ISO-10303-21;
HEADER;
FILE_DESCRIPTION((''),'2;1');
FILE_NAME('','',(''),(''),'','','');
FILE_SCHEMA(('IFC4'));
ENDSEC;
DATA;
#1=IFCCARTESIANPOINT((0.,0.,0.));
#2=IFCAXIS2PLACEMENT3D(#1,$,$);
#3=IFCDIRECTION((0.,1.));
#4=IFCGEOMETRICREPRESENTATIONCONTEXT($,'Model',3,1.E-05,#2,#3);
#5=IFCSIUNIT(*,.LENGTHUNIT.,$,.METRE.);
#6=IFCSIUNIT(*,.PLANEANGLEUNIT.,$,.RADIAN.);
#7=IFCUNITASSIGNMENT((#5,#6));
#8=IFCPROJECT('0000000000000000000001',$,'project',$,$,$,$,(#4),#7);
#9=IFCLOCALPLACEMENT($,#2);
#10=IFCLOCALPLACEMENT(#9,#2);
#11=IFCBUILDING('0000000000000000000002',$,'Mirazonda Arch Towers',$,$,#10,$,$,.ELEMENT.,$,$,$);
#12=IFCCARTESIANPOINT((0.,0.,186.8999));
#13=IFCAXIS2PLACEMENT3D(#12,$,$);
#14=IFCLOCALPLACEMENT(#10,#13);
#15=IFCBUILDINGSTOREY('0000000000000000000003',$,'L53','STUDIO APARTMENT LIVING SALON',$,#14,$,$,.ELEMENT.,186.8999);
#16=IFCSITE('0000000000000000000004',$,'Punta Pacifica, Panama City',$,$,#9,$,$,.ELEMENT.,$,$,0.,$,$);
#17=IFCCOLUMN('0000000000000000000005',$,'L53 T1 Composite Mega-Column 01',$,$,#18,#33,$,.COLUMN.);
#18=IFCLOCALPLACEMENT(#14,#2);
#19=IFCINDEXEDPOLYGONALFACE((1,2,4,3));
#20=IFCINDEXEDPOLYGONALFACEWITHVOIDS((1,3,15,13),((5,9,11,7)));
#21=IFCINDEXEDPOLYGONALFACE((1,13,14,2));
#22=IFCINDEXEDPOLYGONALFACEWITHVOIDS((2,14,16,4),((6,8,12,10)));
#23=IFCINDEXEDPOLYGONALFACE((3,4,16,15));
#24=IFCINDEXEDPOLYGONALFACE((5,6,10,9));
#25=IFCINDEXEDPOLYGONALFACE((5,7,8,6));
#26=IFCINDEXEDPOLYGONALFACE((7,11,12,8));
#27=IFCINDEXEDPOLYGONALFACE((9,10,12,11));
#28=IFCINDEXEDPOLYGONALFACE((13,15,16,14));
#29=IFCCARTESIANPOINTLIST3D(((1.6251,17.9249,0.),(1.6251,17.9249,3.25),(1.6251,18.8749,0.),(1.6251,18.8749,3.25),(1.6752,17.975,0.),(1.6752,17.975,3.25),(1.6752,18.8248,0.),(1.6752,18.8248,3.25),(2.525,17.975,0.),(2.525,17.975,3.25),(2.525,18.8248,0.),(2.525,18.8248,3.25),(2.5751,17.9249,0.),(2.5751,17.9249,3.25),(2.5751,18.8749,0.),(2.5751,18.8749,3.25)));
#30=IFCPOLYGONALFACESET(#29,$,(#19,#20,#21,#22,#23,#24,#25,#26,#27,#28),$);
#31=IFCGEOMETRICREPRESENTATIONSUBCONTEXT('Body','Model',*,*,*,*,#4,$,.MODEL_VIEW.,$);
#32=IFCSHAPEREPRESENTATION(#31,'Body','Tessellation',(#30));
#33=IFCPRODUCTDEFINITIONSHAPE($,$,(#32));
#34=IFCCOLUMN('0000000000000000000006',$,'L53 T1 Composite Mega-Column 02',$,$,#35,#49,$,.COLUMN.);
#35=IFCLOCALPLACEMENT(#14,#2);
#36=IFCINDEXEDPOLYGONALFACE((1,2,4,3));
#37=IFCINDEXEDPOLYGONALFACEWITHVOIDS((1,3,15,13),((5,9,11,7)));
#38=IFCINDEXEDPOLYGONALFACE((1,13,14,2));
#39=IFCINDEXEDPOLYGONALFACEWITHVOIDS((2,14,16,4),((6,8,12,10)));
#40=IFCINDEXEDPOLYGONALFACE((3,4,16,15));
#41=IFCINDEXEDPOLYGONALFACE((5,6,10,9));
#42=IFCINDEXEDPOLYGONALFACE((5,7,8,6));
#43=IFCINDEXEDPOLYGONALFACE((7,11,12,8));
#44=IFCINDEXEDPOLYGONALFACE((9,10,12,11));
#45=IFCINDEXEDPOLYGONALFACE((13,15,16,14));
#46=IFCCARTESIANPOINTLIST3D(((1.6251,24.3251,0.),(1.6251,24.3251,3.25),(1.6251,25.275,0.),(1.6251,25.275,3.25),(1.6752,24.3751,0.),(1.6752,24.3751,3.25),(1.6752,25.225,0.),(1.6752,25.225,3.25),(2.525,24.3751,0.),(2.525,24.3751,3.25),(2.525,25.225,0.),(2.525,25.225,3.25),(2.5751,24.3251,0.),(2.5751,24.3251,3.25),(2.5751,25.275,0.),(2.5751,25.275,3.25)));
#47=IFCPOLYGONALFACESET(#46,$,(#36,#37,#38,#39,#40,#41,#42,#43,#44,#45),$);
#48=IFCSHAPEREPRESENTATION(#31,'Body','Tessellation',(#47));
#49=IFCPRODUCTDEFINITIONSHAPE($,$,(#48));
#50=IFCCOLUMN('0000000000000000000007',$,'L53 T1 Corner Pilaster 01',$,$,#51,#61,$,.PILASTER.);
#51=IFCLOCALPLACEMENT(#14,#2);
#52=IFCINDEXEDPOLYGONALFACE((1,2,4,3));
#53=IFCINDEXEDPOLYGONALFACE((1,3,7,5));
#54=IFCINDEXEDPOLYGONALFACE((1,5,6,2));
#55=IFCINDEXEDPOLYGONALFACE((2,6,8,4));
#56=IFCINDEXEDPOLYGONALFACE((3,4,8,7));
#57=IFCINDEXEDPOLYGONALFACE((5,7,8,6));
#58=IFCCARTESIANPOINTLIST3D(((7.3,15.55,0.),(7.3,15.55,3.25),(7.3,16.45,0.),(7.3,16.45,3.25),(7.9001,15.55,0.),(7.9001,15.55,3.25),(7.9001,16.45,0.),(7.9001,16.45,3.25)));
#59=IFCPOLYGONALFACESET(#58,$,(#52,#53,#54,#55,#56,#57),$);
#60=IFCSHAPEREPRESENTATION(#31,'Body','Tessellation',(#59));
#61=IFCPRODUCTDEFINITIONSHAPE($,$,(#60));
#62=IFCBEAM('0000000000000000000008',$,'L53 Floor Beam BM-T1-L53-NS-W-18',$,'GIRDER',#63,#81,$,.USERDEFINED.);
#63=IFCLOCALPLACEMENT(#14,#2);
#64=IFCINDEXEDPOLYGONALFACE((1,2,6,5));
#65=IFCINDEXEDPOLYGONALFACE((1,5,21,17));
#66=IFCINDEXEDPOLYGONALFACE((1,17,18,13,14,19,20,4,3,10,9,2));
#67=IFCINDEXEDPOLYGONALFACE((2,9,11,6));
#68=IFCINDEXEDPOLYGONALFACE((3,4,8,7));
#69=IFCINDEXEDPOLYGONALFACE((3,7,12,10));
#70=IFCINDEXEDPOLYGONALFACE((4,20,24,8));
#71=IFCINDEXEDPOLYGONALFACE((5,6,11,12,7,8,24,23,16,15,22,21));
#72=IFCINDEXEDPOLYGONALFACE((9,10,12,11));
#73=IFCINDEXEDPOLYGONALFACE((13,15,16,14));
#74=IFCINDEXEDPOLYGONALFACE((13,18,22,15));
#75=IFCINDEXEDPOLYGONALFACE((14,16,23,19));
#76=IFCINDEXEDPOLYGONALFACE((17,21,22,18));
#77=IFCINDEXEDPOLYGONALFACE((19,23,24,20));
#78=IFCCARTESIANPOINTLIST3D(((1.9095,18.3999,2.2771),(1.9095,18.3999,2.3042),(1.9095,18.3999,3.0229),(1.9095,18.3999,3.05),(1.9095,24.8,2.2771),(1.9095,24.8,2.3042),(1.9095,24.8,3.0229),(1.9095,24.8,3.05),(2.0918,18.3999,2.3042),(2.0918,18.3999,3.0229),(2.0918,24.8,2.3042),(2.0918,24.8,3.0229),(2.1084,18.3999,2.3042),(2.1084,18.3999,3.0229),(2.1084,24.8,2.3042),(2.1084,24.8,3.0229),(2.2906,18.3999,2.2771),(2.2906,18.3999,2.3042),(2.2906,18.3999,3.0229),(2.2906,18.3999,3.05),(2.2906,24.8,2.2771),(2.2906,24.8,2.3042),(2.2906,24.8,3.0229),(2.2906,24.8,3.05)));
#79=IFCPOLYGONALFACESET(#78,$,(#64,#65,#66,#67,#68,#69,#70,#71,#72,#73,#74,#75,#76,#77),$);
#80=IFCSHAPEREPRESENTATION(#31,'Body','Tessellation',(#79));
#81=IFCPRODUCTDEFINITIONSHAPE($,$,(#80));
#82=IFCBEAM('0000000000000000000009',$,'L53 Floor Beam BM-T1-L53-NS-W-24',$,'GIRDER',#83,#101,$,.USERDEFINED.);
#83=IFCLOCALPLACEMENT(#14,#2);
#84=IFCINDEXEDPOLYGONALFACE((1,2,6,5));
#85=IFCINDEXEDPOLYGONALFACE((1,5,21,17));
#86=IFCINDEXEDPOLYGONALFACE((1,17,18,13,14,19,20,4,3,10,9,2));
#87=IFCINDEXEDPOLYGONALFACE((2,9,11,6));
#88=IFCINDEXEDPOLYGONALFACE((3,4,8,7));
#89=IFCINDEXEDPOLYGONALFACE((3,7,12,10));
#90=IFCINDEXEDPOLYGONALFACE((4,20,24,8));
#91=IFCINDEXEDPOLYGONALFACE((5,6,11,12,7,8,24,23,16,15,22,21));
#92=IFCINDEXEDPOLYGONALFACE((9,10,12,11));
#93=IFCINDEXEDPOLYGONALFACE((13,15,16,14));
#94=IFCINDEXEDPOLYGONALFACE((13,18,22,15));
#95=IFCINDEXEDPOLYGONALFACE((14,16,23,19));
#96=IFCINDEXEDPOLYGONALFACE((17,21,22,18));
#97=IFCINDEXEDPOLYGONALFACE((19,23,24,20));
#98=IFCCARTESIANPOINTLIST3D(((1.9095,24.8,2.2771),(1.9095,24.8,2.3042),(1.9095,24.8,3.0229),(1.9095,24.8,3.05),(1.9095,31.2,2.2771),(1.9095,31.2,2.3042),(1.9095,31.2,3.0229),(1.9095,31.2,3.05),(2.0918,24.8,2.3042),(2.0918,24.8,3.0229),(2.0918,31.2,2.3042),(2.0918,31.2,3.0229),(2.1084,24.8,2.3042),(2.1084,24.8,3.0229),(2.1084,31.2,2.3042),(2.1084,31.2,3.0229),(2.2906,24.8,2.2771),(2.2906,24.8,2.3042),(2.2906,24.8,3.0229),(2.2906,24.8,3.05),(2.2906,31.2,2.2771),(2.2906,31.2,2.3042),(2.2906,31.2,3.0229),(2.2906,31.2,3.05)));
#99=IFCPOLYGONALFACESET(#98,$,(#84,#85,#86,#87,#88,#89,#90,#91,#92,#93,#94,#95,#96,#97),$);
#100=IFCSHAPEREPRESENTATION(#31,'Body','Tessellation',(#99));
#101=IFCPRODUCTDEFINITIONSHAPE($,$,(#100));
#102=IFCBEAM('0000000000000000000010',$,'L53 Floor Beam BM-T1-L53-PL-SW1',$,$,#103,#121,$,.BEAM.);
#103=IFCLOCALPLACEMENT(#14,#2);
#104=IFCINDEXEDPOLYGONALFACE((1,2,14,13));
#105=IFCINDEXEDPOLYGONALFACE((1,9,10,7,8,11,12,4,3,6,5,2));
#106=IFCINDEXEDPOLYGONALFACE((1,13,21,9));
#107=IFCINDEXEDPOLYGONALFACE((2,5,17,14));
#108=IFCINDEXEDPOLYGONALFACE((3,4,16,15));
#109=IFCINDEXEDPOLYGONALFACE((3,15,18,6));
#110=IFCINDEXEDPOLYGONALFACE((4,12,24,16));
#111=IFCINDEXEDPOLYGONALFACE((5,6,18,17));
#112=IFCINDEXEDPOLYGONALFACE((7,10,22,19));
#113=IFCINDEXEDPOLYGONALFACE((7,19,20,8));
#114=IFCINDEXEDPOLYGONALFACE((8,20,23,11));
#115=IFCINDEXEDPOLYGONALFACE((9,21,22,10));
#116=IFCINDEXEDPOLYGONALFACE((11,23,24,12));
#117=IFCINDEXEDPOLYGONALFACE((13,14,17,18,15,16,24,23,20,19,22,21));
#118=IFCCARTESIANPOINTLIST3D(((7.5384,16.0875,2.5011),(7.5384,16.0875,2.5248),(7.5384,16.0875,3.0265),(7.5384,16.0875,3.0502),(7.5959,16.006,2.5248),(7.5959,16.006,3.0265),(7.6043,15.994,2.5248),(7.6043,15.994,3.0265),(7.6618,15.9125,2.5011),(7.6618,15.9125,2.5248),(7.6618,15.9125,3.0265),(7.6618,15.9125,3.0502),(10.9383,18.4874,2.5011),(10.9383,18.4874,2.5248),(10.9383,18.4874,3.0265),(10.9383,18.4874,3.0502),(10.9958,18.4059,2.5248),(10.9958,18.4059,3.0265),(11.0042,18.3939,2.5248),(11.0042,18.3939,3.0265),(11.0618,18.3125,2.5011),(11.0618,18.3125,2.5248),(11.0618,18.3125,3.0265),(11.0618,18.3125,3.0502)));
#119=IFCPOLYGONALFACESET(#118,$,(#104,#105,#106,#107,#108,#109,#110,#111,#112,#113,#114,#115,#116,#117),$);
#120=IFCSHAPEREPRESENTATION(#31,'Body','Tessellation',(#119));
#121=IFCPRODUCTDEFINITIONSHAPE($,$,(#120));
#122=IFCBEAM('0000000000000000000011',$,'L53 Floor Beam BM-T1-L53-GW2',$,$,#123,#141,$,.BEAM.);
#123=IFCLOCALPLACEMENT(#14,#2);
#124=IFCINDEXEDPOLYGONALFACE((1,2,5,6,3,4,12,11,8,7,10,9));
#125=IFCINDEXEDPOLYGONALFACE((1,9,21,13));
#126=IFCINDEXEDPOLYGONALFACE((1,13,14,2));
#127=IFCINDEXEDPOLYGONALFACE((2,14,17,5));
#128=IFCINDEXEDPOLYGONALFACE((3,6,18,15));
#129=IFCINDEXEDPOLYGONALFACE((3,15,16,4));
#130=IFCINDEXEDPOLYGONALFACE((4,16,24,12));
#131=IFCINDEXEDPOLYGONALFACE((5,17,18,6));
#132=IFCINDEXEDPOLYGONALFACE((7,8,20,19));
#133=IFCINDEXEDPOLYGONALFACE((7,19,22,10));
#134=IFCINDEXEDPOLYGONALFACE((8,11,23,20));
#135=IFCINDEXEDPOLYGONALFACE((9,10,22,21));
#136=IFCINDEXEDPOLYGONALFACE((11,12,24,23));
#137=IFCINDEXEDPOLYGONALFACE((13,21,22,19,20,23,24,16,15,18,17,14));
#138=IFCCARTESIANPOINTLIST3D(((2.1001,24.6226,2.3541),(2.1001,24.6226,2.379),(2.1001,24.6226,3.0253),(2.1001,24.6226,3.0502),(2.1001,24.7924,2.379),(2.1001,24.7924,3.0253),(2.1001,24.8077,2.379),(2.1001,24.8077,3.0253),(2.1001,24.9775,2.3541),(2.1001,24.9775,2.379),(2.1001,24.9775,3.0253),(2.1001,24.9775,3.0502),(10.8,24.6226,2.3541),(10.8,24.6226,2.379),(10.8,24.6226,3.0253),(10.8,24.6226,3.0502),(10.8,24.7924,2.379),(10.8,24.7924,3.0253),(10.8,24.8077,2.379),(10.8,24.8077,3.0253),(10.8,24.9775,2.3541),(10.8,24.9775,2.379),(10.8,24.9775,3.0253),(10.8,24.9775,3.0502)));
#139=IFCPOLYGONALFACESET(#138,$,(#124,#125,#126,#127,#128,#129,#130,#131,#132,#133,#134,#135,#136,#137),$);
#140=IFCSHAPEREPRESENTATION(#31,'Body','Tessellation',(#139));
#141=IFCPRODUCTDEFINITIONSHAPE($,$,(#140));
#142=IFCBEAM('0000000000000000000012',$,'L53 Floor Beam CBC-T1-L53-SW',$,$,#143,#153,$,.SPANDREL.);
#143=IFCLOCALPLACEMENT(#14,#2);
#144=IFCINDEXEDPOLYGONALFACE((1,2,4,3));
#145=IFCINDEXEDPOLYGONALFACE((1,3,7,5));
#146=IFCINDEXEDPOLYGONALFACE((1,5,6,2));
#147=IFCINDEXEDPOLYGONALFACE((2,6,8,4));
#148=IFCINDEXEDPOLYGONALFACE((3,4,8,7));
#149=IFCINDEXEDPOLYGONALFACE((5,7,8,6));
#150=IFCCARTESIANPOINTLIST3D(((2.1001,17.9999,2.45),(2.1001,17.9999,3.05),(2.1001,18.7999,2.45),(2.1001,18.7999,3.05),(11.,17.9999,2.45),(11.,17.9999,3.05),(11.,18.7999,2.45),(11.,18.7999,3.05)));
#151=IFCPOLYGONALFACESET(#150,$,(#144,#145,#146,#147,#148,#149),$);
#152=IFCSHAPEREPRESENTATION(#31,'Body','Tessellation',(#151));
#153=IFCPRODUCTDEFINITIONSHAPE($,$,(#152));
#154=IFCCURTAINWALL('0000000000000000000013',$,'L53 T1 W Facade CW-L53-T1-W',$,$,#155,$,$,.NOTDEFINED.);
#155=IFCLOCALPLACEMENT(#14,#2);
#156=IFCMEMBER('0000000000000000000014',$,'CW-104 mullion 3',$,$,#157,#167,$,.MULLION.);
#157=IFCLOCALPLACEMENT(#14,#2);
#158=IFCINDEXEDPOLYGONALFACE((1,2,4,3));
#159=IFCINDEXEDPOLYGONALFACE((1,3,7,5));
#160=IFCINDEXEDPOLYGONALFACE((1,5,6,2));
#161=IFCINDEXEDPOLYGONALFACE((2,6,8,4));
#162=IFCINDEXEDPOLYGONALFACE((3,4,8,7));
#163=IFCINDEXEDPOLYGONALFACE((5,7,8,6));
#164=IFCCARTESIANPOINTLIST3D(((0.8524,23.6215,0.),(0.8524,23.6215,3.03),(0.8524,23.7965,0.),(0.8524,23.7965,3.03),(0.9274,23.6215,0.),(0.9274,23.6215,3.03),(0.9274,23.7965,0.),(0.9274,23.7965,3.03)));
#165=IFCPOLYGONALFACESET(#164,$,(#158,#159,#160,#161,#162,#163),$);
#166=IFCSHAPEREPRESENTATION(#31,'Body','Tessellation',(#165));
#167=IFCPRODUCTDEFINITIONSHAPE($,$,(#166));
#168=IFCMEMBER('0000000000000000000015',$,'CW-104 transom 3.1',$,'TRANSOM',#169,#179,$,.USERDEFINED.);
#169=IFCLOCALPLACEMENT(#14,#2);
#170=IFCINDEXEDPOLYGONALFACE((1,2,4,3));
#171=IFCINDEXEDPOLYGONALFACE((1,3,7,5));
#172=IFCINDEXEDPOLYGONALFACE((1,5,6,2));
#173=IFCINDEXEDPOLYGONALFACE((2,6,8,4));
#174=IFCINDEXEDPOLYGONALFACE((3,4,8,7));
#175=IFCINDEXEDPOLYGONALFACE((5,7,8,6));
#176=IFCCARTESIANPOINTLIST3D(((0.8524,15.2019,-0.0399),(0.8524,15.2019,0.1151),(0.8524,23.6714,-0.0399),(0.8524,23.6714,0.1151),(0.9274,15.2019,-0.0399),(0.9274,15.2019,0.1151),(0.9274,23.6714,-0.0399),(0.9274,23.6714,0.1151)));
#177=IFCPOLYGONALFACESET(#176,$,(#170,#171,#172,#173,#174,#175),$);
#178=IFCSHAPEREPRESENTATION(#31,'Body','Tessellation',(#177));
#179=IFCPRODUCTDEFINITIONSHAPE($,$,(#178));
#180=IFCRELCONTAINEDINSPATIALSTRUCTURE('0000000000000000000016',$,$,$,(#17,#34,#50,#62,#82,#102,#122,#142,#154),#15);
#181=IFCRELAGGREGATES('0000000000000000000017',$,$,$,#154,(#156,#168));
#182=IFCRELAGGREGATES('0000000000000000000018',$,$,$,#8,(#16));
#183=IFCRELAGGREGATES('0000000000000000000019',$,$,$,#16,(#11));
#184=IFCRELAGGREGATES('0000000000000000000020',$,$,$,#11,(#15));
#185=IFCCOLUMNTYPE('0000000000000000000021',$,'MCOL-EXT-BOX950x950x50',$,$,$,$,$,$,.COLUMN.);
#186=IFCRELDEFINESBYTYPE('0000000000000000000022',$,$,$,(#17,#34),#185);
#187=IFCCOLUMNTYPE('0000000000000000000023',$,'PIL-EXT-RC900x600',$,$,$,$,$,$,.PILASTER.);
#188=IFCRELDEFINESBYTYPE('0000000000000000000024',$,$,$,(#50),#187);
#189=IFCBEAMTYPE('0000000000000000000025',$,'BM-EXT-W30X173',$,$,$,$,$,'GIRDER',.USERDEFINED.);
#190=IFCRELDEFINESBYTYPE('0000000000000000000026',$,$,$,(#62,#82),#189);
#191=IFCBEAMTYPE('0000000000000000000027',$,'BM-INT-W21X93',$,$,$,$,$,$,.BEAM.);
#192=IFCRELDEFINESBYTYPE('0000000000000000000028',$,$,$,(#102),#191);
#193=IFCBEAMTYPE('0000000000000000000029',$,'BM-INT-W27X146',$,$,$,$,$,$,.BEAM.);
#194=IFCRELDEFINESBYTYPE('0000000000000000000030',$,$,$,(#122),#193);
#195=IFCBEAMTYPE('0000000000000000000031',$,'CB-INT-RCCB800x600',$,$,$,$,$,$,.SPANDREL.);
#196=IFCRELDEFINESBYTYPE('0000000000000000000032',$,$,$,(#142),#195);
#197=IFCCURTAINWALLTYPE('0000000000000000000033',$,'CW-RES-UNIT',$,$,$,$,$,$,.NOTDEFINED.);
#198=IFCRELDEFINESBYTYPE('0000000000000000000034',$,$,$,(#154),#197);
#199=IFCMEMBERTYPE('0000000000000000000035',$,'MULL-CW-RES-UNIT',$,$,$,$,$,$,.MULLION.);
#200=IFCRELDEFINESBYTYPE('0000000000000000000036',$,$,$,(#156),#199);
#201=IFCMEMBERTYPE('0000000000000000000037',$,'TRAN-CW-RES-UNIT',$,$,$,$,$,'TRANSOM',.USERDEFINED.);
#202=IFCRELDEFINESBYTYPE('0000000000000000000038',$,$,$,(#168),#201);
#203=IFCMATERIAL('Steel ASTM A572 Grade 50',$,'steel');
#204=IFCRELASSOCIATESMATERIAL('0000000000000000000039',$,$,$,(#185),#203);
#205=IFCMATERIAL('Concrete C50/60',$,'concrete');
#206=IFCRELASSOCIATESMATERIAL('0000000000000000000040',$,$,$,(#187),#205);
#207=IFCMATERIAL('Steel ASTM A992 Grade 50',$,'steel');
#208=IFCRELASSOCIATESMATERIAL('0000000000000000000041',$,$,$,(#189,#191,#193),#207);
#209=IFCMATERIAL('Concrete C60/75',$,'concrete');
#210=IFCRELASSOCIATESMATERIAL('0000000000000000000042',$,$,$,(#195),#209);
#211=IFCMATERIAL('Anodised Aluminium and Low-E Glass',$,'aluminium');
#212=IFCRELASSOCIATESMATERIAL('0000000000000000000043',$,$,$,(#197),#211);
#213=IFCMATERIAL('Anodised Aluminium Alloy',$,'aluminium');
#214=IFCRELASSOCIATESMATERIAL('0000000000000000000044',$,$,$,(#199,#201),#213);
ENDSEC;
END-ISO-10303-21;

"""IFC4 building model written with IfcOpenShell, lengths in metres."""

from ifc_helpers import new_model, si_unit, direction, frame, origin, origin_2d, place, context, subcontext, project, spatial, rectangle, hollow_rectangle, i_section, extrude, material, material_profile, profile_set, type_object, element, aggregate, save


model = new_model("IFC4")

# Units and contexts
model_context = context("Model", 3, precision=1e-05, world=origin(), true_north=direction((0.0, 1.0)))
body_context = subcontext(model_context, "Body", "Model", "MODEL_VIEW")
ifc_project = project(units=[si_unit("LENGTHUNIT", "METRE"), si_unit("PLANEANGLEUNIT", "RADIAN")], contexts=[model_context])

# Site, building, storey
site_placement = place(None, origin())
site = spatial("IfcSite", under=ifc_project, at=site_placement, Name="Punta Pacifica, Panama City", CompositionType="ELEMENT", RefElevation=0.0)
building_placement = place(site_placement, origin())
building = spatial("IfcBuilding", under=site, at=building_placement, Name="Mirazonda Arch Towers", CompositionType="ELEMENT")
storey_placement = place(building_placement, frame((0.0, 0.0, 186.8999)))
storey = spatial("IfcBuildingStorey", under=building, at=storey_placement, Name="L53", Description="STUDIO APARTMENT LIVING SALON", CompositionType="ELEMENT", Elevation=186.8999)

# Columns
ifc_material_1 = material(Name="Steel ASTM A572 Grade 50", Category="steel")
ifc_material_profile_1 = material_profile(ifc_material_1, hollow_rectangle(XDim=0.95, YDim=0.95, WallThickness=0.05, at=origin_2d()), Name="BOX950x950x50")
ifc_profile_set_1 = profile_set([ifc_material_profile_1], Name="Steel ASTM A572 Grade 50")
column_type_1 = type_object("IfcColumnType", Name="MCOL-EXT-BOX950x950x50", PredefinedType="COLUMN", material=ifc_profile_set_1)
for number, where, z_axis, x_axis, name in (
    (1, (2.1001, 18.3999, 0.0), (0.0, 0.0, 1.0), (1.0, 0.0, 0.0), "L53 T1 Composite Mega-Column 01"),
    (2, (2.1001, 24.8, 0.0), (0.0, 0.0, 1.0), (1.0, 0.0, 0.0), "L53 T1 Composite Mega-Column 02"),
):
    element("IfcColumn", number, at=place(storey_placement, frame(where, z_axis=z_axis, x_axis=x_axis)), inside=storey, type_object=column_type_1, Name=name, PredefinedType="COLUMN", context=body_context, shape_type="SweptSolid", body=[
        extrude(hollow_rectangle(XDim=0.95, YDim=0.95, WallThickness=0.05, at=origin_2d()), origin(), (0.0, 0.0, 1.0), 3.25),
    ])
ifc_material_2 = material(Name="Concrete C50/60", Category="concrete")
ifc_material_profile_2 = material_profile(ifc_material_2, rectangle(XDim=0.6001, YDim=0.8999, at=origin_2d()), Name="RC900x600")
ifc_profile_set_2 = profile_set([ifc_material_profile_2], Name="Concrete C50/60")
column_type_2 = type_object("IfcColumnType", Name="PIL-EXT-RC900x600", PredefinedType="PILASTER", material=ifc_profile_set_2)
column_placement = place(storey_placement, frame((7.6001, 16.0, 0.0), z_axis=(0.0, 0.0, 1.0), x_axis=(1.0, 0.0, 0.0)))
element("IfcColumn", 3, at=column_placement, inside=storey, type_object=column_type_2, Name="L53 T1 Corner Pilaster 01", PredefinedType="PILASTER", context=body_context, shape_type="SweptSolid", body=[
    extrude(rectangle(XDim=0.6001, YDim=0.8999, at=origin_2d()), origin(), (0.0, 0.0, 1.0), 3.25),
])

# Beams
ifc_material_3 = material(Name="Steel ASTM A992 Grade 50", Category="steel")
ifc_material_profile_3 = material_profile(ifc_material_3, i_section(OverallWidth=0.3811, OverallDepth=0.7729, WebThickness=0.0166, FlangeThickness=0.0271, at=origin_2d()), Name="W30X173")
ifc_profile_set_3 = profile_set([ifc_material_profile_3], Name="Steel ASTM A992 Grade 50")
beam_type_1 = type_object("IfcBeamType", Name="BM-EXT-W30X173", ElementType="GIRDER", PredefinedType="USERDEFINED", material=ifc_profile_set_3)
beam_1_placement = place(storey_placement, frame((2.1001, 18.3999, 2.6636), z_axis=(0.0, 1.0, 0.0), x_axis=(-1.0, 0.0, 0.0)))
element("IfcBeam", 4, at=beam_1_placement, inside=storey, type_object=beam_type_1, Name="L53 Floor Beam BM-T1-L53-NS-W-18", ObjectType="GIRDER", PredefinedType="USERDEFINED", context=body_context, shape_type="SweptSolid", body=[
    extrude(i_section(OverallWidth=0.3811, OverallDepth=0.7729, WebThickness=0.0166, FlangeThickness=0.0271, at=origin_2d()), origin(), (0.0, 0.0, 1.0), 6.4001),
])
beam_2_placement = place(storey_placement, frame((2.1001, 24.8, 2.6636), z_axis=(0.0, 1.0, 0.0), x_axis=(-1.0, 0.0, 0.0)))
element("IfcBeam", 5, at=beam_2_placement, inside=storey, type_object=beam_type_1, Name="L53 Floor Beam BM-T1-L53-NS-W-24", ObjectType="GIRDER", PredefinedType="USERDEFINED", context=body_context, shape_type="SweptSolid", body=[
    extrude(i_section(OverallWidth=0.3811, OverallDepth=0.7729, WebThickness=0.0166, FlangeThickness=0.0271, at=origin_2d()), origin(), (0.0, 0.0, 1.0), 6.3999),
])
ifc_material_profile_4 = material_profile(ifc_material_3, i_section(OverallWidth=0.2141, OverallDepth=0.5491, WebThickness=0.0146, FlangeThickness=0.0237, at=origin_2d()), Name="W21X93")
ifc_profile_set_4 = profile_set([ifc_material_profile_4], Name="Steel ASTM A992 Grade 50")
beam_type_2 = type_object("IfcBeamType", Name="BM-INT-W21X93", PredefinedType="BEAM", material=ifc_profile_set_4)
beam_3_placement = place(storey_placement, frame((7.6001, 16.0, 2.7756), z_axis=(0.816971, 0.576679, 0.0), x_axis=(-0.576679, 0.816971, 0.0)))
element("IfcBeam", 6, at=beam_3_placement, inside=storey, type_object=beam_type_2, Name="L53 Floor Beam BM-T1-L53-PL-SW1", PredefinedType="BEAM", context=body_context, shape_type="SweptSolid", body=[
    extrude(i_section(OverallWidth=0.2141, OverallDepth=0.5491, WebThickness=0.0146, FlangeThickness=0.0237, at=origin_2d()), origin(), (0.0, 0.0, 1.0), 4.1616),
])
ifc_material_profile_5 = material_profile(ifc_material_3, i_section(OverallWidth=0.355, OverallDepth=0.696, WebThickness=0.0154, FlangeThickness=0.0249, at=origin_2d()), Name="W27X146")
ifc_profile_set_5 = profile_set([ifc_material_profile_5], Name="Steel ASTM A992 Grade 50")
beam_type_3 = type_object("IfcBeamType", Name="BM-INT-W27X146", PredefinedType="BEAM", material=ifc_profile_set_5)
beam_4_placement = place(storey_placement, frame((2.1001, 24.8, 2.7021), z_axis=(1.0, 0.0, 0.0), x_axis=(0.0, 1.0, 0.0)))
element("IfcBeam", 7, at=beam_4_placement, inside=storey, type_object=beam_type_3, Name="L53 Floor Beam BM-T1-L53-GW2", PredefinedType="BEAM", context=body_context, shape_type="SweptSolid", body=[
    extrude(i_section(OverallWidth=0.355, OverallDepth=0.696, WebThickness=0.0154, FlangeThickness=0.0249, at=origin_2d()), origin(), (0.0, 0.0, 1.0), 8.7),
])
ifc_material_4 = material(Name="Concrete C60/75", Category="concrete")
ifc_material_profile_6 = material_profile(ifc_material_4, rectangle(XDim=0.8, YDim=0.6001, at=origin_2d()), Name="RCCB800x600")
ifc_profile_set_6 = profile_set([ifc_material_profile_6], Name="Concrete C60/75")
beam_type_4 = type_object("IfcBeamType", Name="CB-INT-RCCB800x600", PredefinedType="SPANDREL", material=ifc_profile_set_6)
beam_5_placement = place(storey_placement, frame((2.1001, 18.3999, 2.75), z_axis=(1.0, 0.0, 0.0), x_axis=(0.0, 1.0, 0.0)))
element("IfcBeam", 8, at=beam_5_placement, inside=storey, type_object=beam_type_4, Name="L53 Floor Beam CBC-T1-L53-SW", PredefinedType="SPANDREL", context=body_context, shape_type="SweptSolid", body=[
    extrude(rectangle(XDim=0.8, YDim=0.6001, at=origin_2d()), origin(), (0.0, 0.0, 1.0), 8.8999),
])

# Curtain wall, members
ifc_material_5 = material(Name="Anodised Aluminium and Low-E Glass", Category="aluminium")
curtain_wall_type = type_object("IfcCurtainWallType", Name="CW-RES-UNIT", PredefinedType="NOTDEFINED", material=ifc_material_5)
curtain_wall_placement = place(storey_placement, origin())
curtain_wall = element("IfcCurtainWall", 9, at=curtain_wall_placement, inside=storey, type_object=curtain_wall_type, Name="L53 T1 W Facade CW-L53-T1-W", PredefinedType="NOTDEFINED")
ifc_material_6 = material(Name="Anodised Aluminium Alloy", Category="aluminium")
ifc_material_profile_7 = material_profile(ifc_material_6, rectangle(XDim=0.075, YDim=0.175, at=origin_2d()), Name="ALU-MULL-75x175")
ifc_profile_set_7 = profile_set([ifc_material_profile_7], Name="Anodised Aluminium Alloy")
member_type_1 = type_object("IfcMemberType", Name="MULL-CW-RES-UNIT", PredefinedType="MULLION", material=ifc_profile_set_7)
member_1_placement = place(storey_placement, frame((0.8899, 23.709, 0.0), z_axis=(0.0, 0.0, 1.0), x_axis=(1.0, 0.0, 0.0)))
member_1 = element("IfcMember", 10, at=member_1_placement, type_object=member_type_1, Name="CW-104 mullion 3", PredefinedType="MULLION", context=body_context, shape_type="SweptSolid", body=[
    extrude(rectangle(XDim=0.075, YDim=0.175, at=origin_2d()), origin(), (0.0, 0.0, 1.0), 3.03),
])
ifc_material_profile_8 = material_profile(ifc_material_6, rectangle(XDim=0.075, YDim=0.155, at=origin_2d()), Name="ALU-TRAN-75x155")
ifc_profile_set_8 = profile_set([ifc_material_profile_8], Name="Anodised Aluminium Alloy")
member_type_2 = type_object("IfcMemberType", Name="TRAN-CW-RES-UNIT", ElementType="TRANSOM", PredefinedType="USERDEFINED", material=ifc_profile_set_8)
member_2_placement = place(storey_placement, frame((0.8899, 23.6714, 0.0376), z_axis=(0.0, -1.0, 0.0), x_axis=(1.0, 0.0, 0.0)))
member_2 = element("IfcMember", 11, at=member_2_placement, type_object=member_type_2, Name="CW-104 transom 3.1", ObjectType="TRANSOM", PredefinedType="USERDEFINED", context=body_context, shape_type="SweptSolid", body=[
    extrude(rectangle(XDim=0.075, YDim=0.155, at=origin_2d()), origin(), (0.0, 0.0, 1.0), 8.4695),
])
aggregate(curtain_wall, [member_1, member_2])

save(model, "model.ifc")
